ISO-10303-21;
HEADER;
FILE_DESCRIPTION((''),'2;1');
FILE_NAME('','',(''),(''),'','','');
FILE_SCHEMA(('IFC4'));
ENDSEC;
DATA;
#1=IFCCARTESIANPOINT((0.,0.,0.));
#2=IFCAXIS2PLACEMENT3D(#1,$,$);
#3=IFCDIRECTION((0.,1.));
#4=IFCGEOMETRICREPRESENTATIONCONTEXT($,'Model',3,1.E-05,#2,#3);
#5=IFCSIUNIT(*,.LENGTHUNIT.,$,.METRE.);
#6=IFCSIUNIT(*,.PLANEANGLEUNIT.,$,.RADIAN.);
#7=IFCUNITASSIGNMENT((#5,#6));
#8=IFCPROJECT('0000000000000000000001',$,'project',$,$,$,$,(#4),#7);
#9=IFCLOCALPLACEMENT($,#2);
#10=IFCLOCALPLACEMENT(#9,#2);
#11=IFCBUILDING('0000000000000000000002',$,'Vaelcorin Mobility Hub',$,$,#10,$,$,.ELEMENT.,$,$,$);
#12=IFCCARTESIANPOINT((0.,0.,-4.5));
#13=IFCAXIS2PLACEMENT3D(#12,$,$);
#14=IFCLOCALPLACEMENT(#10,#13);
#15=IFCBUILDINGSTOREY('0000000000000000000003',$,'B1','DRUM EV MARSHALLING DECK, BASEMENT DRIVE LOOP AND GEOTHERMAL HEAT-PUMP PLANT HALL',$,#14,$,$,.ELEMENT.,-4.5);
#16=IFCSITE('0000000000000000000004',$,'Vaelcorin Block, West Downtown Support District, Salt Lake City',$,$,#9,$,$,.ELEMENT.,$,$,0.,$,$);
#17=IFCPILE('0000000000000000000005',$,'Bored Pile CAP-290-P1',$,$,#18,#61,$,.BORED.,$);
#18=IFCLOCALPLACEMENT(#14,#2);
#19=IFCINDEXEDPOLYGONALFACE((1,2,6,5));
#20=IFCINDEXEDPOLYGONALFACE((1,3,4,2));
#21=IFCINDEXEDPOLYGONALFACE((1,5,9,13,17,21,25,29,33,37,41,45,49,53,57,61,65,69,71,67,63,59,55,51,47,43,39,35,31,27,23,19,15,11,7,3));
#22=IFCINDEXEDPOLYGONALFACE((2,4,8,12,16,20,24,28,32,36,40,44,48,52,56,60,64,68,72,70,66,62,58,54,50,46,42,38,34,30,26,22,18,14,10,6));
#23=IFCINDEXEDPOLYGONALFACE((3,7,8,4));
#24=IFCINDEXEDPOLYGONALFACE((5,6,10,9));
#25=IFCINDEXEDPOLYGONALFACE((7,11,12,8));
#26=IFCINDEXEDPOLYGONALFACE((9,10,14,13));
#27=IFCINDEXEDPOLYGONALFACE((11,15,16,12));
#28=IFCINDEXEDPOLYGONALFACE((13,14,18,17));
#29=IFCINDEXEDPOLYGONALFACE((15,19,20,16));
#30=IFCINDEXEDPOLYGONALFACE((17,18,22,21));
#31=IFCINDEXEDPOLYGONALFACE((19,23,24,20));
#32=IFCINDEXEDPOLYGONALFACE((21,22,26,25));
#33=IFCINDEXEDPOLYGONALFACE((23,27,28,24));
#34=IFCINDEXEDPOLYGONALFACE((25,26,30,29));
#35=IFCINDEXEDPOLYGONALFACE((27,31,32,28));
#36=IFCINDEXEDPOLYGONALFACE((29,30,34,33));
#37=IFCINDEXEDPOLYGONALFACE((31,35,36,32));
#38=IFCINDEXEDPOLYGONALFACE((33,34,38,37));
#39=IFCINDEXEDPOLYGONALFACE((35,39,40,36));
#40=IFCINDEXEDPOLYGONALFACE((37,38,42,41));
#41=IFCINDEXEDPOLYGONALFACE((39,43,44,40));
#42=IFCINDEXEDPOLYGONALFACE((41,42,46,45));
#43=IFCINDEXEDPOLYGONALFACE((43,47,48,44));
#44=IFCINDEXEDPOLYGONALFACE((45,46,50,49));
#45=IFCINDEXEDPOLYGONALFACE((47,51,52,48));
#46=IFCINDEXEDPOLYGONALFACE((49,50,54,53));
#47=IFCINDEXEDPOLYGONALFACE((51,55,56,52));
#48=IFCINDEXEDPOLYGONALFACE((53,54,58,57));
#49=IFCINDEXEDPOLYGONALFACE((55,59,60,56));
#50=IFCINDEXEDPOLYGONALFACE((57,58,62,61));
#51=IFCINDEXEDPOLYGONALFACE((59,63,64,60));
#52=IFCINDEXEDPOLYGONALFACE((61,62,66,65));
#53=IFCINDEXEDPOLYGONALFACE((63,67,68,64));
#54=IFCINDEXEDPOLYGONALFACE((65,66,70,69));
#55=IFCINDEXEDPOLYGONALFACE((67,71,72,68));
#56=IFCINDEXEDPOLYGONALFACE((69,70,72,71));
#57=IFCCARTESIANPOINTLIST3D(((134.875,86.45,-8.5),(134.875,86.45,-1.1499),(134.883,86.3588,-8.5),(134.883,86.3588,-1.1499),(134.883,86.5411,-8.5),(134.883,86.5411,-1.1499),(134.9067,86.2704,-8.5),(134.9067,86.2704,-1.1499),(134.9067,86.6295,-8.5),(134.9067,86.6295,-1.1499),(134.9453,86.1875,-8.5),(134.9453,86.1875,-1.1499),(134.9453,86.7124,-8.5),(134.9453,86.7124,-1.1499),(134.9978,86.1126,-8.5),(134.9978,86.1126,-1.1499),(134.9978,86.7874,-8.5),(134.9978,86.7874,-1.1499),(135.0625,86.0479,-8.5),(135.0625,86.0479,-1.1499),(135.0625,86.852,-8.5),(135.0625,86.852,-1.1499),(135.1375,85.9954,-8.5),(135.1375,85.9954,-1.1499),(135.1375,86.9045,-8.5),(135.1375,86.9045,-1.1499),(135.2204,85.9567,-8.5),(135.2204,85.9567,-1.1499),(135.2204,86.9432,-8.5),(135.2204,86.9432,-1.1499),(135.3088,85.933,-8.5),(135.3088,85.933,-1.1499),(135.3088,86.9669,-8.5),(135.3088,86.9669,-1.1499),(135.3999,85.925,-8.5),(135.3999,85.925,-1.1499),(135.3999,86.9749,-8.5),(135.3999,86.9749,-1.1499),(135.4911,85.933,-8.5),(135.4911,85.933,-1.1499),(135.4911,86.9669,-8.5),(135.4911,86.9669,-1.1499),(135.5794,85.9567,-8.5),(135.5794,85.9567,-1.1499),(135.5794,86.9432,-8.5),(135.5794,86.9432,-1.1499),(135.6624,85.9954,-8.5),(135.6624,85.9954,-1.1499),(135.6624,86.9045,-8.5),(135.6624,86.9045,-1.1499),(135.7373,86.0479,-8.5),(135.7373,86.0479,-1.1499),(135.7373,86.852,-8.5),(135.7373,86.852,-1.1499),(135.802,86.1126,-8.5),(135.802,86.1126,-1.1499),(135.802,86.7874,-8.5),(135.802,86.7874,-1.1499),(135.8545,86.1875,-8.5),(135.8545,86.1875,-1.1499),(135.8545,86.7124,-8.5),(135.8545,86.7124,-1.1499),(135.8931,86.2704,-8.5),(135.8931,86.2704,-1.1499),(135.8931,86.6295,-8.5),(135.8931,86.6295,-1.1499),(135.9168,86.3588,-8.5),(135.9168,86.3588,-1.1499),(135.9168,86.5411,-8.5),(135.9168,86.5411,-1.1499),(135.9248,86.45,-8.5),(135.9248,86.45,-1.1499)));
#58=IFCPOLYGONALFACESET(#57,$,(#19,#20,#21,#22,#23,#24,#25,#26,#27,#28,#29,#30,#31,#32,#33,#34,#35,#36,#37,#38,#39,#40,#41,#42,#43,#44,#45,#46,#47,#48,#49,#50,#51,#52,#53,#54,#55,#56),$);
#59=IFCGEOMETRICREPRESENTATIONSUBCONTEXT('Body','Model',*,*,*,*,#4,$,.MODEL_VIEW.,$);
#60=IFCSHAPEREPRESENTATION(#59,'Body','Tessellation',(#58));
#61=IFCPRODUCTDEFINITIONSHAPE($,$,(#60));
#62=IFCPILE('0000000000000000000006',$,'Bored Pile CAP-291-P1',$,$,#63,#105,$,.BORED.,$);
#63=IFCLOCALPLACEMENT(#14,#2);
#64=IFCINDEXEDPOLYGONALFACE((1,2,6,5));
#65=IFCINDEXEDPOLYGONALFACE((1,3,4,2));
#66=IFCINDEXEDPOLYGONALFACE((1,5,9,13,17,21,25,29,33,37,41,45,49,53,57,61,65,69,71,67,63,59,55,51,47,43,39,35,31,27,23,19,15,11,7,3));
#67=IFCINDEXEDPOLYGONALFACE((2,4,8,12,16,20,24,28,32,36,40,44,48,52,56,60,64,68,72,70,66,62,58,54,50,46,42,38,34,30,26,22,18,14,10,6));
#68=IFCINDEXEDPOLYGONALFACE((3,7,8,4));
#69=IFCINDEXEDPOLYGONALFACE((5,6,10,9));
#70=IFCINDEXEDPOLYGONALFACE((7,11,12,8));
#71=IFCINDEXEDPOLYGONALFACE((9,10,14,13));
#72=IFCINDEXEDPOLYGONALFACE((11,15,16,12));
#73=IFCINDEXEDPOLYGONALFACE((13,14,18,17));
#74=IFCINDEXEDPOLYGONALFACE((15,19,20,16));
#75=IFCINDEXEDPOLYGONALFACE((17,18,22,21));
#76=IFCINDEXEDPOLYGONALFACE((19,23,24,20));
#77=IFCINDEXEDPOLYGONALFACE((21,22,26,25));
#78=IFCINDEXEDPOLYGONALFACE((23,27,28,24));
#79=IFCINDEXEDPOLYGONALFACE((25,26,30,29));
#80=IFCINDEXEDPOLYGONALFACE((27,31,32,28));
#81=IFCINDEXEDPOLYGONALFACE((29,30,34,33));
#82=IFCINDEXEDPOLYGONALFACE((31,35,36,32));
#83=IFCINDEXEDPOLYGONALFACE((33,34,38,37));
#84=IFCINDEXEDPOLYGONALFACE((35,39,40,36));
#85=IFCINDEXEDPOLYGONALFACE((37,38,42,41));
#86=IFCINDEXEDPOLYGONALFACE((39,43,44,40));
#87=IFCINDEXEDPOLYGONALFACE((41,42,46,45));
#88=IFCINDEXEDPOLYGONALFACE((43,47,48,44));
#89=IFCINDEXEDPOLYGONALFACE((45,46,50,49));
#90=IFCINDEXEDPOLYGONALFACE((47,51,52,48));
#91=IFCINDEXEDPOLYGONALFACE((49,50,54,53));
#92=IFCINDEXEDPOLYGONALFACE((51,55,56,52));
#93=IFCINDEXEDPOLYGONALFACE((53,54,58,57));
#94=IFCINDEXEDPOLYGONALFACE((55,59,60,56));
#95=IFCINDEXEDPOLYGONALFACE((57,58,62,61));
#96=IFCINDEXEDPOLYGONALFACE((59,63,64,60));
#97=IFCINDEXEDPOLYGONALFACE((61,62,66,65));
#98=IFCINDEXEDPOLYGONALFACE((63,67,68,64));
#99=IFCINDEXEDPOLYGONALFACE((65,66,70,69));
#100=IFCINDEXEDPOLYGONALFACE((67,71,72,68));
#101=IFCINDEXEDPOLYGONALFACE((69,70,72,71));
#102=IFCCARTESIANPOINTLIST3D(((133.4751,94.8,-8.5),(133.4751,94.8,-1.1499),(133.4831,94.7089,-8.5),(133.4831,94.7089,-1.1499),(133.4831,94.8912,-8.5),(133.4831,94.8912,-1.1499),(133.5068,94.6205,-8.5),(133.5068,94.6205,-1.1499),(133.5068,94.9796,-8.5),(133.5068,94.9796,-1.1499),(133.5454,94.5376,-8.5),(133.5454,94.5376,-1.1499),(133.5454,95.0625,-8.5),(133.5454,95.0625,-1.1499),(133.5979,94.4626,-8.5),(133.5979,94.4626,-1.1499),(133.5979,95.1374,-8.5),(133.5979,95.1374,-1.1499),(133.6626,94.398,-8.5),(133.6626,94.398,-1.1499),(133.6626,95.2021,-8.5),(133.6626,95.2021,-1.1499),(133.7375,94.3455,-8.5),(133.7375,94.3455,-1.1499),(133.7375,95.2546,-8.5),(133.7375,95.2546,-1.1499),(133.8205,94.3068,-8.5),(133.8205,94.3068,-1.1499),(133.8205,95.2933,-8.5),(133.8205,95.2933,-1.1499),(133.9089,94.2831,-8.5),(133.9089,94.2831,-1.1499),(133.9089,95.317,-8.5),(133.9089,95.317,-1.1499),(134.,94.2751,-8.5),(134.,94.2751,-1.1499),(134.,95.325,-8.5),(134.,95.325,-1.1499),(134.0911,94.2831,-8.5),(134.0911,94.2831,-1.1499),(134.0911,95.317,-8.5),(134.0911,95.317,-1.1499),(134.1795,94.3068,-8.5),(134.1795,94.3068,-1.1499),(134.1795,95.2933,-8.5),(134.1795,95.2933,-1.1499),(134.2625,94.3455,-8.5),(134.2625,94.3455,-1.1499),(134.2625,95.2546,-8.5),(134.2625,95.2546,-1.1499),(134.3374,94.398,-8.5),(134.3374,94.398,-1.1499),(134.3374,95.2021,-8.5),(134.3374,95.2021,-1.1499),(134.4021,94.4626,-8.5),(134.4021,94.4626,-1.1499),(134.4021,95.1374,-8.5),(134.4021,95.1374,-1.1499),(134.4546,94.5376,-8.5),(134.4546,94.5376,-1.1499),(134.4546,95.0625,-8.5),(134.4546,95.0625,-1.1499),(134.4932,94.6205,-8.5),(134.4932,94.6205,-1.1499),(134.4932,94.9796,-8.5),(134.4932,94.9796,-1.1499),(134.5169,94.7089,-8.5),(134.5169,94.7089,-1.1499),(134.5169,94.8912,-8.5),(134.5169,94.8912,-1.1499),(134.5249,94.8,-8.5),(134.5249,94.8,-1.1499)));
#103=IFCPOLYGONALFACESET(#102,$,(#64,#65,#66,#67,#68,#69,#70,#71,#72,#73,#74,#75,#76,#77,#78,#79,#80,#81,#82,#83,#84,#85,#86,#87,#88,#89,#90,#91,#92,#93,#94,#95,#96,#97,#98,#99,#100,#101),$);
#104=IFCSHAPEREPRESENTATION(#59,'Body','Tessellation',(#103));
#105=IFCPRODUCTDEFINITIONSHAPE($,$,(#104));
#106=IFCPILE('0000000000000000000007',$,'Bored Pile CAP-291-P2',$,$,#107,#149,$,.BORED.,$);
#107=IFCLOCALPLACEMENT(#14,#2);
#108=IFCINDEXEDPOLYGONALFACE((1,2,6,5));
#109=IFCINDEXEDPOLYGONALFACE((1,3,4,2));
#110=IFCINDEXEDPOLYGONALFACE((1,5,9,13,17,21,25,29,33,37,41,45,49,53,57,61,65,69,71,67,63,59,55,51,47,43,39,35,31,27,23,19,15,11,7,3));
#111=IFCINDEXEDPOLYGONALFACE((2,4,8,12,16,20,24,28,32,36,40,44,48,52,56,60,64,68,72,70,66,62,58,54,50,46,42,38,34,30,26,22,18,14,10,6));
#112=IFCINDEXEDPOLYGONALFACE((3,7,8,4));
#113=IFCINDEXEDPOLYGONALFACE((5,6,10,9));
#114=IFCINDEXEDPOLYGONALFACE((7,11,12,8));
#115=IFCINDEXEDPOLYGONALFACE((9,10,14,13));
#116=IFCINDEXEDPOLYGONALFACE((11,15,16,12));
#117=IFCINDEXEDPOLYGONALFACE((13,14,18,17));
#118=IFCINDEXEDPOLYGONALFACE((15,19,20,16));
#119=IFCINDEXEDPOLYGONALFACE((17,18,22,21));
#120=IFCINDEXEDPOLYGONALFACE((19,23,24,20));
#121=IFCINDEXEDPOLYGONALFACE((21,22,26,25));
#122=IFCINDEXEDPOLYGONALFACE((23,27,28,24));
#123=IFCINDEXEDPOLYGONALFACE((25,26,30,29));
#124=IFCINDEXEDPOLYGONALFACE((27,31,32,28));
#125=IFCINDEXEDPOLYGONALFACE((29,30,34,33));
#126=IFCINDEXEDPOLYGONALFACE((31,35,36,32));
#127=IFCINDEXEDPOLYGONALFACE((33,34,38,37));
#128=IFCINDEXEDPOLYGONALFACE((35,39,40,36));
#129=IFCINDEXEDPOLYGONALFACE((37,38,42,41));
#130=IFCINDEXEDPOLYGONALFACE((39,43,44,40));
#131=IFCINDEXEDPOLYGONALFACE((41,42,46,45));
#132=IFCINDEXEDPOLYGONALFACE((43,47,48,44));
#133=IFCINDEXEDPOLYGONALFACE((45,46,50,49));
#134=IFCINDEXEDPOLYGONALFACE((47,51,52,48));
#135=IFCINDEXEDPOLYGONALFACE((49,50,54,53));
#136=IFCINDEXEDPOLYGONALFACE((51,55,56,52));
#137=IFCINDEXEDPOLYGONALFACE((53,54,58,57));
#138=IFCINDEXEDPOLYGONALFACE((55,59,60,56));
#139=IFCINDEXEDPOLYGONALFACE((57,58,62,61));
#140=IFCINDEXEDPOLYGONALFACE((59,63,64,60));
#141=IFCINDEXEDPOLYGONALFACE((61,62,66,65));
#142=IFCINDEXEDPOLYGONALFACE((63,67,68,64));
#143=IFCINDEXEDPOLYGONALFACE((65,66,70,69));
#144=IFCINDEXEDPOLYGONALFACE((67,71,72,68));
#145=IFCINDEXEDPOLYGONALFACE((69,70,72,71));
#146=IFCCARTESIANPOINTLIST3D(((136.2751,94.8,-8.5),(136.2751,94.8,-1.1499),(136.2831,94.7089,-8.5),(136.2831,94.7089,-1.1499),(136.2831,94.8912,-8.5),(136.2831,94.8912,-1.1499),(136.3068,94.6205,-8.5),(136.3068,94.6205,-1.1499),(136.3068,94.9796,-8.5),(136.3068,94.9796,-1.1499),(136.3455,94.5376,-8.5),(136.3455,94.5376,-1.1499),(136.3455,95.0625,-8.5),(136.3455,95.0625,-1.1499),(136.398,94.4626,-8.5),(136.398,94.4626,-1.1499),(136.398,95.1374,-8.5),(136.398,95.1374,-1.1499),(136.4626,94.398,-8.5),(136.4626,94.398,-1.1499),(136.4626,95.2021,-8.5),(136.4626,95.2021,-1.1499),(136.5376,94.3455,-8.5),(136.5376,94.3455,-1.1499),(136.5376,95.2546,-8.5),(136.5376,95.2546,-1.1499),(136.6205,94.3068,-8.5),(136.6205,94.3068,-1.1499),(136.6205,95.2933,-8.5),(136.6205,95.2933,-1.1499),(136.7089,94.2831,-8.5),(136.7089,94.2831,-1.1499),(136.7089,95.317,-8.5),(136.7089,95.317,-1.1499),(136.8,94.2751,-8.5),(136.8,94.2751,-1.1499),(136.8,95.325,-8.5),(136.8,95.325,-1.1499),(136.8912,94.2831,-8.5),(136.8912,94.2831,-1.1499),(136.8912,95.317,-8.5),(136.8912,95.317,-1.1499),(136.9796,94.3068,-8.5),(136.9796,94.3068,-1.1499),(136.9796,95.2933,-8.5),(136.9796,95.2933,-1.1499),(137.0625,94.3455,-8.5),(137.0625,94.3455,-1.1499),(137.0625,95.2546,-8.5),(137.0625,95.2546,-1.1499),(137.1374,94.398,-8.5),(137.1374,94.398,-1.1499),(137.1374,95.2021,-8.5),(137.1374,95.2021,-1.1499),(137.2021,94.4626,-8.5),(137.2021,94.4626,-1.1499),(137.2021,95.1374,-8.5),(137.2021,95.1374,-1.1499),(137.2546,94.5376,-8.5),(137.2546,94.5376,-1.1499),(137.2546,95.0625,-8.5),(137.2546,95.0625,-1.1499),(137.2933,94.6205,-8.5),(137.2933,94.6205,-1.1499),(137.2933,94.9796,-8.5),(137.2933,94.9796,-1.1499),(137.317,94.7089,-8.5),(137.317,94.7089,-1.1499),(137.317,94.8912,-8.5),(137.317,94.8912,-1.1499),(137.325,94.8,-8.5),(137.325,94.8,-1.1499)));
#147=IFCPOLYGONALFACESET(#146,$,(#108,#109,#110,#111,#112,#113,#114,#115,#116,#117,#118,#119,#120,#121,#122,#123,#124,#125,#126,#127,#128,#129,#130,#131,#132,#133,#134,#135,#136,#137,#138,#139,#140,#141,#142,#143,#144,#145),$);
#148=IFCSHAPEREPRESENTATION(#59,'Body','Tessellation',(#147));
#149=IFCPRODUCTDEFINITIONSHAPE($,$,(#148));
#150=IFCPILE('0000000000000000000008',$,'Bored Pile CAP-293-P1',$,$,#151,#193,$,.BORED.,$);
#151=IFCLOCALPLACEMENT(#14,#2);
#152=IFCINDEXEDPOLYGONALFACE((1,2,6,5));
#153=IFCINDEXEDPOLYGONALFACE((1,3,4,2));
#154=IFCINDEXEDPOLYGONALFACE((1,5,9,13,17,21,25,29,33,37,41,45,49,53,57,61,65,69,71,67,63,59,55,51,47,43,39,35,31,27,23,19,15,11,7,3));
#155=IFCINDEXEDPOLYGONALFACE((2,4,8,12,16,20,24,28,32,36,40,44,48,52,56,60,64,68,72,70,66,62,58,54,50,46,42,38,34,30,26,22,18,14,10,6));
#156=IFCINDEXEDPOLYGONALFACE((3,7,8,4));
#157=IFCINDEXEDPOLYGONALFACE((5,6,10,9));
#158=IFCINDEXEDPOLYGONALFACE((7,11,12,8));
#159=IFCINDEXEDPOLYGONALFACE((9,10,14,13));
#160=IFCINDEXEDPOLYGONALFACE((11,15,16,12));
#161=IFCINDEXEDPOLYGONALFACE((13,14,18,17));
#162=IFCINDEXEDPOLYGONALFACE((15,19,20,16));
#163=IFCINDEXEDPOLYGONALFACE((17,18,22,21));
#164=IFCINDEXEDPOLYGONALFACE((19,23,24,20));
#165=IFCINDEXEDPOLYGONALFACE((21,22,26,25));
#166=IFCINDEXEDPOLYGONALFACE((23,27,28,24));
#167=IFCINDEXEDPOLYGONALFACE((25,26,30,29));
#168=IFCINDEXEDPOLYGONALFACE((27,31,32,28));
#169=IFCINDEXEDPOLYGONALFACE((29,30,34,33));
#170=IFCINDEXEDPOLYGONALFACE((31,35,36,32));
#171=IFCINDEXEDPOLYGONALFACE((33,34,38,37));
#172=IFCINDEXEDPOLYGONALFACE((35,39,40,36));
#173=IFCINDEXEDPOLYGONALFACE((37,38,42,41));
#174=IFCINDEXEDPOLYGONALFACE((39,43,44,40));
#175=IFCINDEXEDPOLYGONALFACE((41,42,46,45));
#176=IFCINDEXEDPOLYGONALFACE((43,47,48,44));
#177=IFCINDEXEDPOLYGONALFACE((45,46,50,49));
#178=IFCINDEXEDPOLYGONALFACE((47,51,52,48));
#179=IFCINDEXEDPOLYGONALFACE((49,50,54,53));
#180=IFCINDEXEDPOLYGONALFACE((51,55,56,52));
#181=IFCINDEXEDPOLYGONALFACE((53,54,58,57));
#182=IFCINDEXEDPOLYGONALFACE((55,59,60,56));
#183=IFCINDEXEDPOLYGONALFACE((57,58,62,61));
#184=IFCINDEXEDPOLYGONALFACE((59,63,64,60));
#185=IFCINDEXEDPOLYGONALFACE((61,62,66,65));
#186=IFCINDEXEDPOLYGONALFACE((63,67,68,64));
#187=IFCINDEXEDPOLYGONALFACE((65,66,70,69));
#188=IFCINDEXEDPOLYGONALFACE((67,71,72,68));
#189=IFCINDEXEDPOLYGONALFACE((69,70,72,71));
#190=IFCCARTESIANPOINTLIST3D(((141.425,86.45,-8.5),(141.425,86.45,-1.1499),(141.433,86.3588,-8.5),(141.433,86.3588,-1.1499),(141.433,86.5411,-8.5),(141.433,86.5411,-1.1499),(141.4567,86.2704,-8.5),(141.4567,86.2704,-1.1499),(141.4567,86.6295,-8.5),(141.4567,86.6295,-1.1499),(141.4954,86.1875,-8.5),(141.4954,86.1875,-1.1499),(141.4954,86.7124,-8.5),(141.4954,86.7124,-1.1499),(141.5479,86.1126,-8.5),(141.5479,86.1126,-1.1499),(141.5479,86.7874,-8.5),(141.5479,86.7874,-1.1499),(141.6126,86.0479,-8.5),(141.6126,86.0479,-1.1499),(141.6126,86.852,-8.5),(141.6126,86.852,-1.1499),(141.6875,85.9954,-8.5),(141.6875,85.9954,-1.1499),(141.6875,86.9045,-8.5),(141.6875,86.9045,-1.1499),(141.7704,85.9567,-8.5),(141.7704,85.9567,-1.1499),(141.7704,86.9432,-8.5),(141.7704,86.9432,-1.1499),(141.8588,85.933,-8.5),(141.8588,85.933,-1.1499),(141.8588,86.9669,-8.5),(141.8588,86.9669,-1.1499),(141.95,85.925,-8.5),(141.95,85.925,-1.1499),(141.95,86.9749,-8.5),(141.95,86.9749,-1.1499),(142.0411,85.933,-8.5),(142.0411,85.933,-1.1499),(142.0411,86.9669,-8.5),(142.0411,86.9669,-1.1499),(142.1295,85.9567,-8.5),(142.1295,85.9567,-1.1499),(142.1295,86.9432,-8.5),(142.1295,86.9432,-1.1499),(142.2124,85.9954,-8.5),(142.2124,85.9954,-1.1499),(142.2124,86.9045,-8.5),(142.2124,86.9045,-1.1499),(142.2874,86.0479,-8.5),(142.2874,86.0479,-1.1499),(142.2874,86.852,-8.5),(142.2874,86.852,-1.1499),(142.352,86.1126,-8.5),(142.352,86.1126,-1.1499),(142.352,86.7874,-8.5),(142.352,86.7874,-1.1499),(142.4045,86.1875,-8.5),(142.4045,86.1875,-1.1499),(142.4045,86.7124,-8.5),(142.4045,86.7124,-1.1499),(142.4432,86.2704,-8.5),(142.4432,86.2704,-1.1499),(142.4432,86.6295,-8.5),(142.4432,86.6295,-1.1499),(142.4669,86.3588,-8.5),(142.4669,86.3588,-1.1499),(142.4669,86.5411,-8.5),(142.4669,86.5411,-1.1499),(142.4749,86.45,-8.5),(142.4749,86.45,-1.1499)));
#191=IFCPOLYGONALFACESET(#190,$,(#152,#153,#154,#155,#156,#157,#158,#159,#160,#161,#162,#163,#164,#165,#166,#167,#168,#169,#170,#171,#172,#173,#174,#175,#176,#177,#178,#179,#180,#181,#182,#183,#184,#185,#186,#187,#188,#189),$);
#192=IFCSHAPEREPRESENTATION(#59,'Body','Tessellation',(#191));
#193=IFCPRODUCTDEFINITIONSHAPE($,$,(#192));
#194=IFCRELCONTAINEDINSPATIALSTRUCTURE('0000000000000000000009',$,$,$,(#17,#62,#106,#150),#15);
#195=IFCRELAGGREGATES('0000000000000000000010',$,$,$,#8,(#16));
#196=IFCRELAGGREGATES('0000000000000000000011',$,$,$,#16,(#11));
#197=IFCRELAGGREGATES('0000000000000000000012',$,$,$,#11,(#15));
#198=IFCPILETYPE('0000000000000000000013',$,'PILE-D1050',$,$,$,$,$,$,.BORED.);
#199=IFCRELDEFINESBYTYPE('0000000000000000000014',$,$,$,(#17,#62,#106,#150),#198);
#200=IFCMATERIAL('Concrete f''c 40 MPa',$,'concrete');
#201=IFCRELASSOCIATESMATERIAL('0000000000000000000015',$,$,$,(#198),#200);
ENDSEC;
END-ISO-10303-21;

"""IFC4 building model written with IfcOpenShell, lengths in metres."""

from ifc_helpers import new_model, si_unit, direction, frame, origin, origin_2d, place, context, subcontext, project, spatial, circle, extrude, material, material_profile, profile_set, type_object, element, save


model = new_model("IFC4")

# Units and contexts
model_context = context("Model", 3, precision=1e-05, world=origin(), true_north=direction((0.0, 1.0)))
body_context = subcontext(model_context, "Body", "Model", "MODEL_VIEW")
ifc_project = project(units=[si_unit("LENGTHUNIT", "METRE"), si_unit("PLANEANGLEUNIT", "RADIAN")], contexts=[model_context])

# Site, building, storey
site_placement = place(None, origin())
site = spatial("IfcSite", under=ifc_project, at=site_placement, Name="Vaelcorin Block, West Downtown Support District, Salt Lake City", CompositionType="ELEMENT", RefElevation=0.0)
building_placement = place(site_placement, origin())
building = spatial("IfcBuilding", under=site, at=building_placement, Name="Vaelcorin Mobility Hub", CompositionType="ELEMENT")
storey_placement = place(building_placement, frame((0.0, 0.0, -4.5)))
storey = spatial("IfcBuildingStorey", under=building, at=storey_placement, Name="B1", Description="DRUM EV MARSHALLING DECK, BASEMENT DRIVE LOOP AND GEOTHERMAL HEAT-PUMP PLANT HALL", CompositionType="ELEMENT", Elevation=-4.5)

# Shared definitions
ifc_material_1 = material(Name="Concrete f'c 40 MPa", Category="concrete")

# Piles
ifc_material_profile_1 = material_profile(ifc_material_1, circle(Radius=0.5249, at=origin_2d()), Name="BP-D1050")
ifc_profile_set_1 = profile_set([ifc_material_profile_1], Name="Concrete f'c 40 MPa")
pile_type = type_object("IfcPileType", Name="PILE-D1050", PredefinedType="BORED", material=ifc_profile_set_1)
for number, where, z_axis, x_axis, name in (
    (1, (135.3999, 86.45, -1.1499), (0.0, 0.0, -1.0), (1.0, 0.0, 0.0), "Bored Pile CAP-290-P1"),
    (2, (134.0, 94.8, -1.1499), (0.0, 0.0, -1.0), (1.0, 0.0, 0.0), "Bored Pile CAP-291-P1"),
    (3, (136.8, 94.8, -1.1499), (0.0, 0.0, -1.0), (1.0, 0.0, 0.0), "Bored Pile CAP-291-P2"),
    (4, (141.95, 86.45, -1.1499), (0.0, 0.0, -1.0), (1.0, 0.0, 0.0), "Bored Pile CAP-293-P1"),
):
    element("IfcPile", number, at=place(storey_placement, frame(where, z_axis=z_axis, x_axis=x_axis)), inside=storey, type_object=pile_type, Name=name, PredefinedType="BORED", context=body_context, shape_type="SweptSolid", body=[
        extrude(circle(Radius=0.5249, at=origin_2d()), origin(), (0.0, 0.0, 1.0), 7.3501),
    ])

save(model, "model.ifc")
